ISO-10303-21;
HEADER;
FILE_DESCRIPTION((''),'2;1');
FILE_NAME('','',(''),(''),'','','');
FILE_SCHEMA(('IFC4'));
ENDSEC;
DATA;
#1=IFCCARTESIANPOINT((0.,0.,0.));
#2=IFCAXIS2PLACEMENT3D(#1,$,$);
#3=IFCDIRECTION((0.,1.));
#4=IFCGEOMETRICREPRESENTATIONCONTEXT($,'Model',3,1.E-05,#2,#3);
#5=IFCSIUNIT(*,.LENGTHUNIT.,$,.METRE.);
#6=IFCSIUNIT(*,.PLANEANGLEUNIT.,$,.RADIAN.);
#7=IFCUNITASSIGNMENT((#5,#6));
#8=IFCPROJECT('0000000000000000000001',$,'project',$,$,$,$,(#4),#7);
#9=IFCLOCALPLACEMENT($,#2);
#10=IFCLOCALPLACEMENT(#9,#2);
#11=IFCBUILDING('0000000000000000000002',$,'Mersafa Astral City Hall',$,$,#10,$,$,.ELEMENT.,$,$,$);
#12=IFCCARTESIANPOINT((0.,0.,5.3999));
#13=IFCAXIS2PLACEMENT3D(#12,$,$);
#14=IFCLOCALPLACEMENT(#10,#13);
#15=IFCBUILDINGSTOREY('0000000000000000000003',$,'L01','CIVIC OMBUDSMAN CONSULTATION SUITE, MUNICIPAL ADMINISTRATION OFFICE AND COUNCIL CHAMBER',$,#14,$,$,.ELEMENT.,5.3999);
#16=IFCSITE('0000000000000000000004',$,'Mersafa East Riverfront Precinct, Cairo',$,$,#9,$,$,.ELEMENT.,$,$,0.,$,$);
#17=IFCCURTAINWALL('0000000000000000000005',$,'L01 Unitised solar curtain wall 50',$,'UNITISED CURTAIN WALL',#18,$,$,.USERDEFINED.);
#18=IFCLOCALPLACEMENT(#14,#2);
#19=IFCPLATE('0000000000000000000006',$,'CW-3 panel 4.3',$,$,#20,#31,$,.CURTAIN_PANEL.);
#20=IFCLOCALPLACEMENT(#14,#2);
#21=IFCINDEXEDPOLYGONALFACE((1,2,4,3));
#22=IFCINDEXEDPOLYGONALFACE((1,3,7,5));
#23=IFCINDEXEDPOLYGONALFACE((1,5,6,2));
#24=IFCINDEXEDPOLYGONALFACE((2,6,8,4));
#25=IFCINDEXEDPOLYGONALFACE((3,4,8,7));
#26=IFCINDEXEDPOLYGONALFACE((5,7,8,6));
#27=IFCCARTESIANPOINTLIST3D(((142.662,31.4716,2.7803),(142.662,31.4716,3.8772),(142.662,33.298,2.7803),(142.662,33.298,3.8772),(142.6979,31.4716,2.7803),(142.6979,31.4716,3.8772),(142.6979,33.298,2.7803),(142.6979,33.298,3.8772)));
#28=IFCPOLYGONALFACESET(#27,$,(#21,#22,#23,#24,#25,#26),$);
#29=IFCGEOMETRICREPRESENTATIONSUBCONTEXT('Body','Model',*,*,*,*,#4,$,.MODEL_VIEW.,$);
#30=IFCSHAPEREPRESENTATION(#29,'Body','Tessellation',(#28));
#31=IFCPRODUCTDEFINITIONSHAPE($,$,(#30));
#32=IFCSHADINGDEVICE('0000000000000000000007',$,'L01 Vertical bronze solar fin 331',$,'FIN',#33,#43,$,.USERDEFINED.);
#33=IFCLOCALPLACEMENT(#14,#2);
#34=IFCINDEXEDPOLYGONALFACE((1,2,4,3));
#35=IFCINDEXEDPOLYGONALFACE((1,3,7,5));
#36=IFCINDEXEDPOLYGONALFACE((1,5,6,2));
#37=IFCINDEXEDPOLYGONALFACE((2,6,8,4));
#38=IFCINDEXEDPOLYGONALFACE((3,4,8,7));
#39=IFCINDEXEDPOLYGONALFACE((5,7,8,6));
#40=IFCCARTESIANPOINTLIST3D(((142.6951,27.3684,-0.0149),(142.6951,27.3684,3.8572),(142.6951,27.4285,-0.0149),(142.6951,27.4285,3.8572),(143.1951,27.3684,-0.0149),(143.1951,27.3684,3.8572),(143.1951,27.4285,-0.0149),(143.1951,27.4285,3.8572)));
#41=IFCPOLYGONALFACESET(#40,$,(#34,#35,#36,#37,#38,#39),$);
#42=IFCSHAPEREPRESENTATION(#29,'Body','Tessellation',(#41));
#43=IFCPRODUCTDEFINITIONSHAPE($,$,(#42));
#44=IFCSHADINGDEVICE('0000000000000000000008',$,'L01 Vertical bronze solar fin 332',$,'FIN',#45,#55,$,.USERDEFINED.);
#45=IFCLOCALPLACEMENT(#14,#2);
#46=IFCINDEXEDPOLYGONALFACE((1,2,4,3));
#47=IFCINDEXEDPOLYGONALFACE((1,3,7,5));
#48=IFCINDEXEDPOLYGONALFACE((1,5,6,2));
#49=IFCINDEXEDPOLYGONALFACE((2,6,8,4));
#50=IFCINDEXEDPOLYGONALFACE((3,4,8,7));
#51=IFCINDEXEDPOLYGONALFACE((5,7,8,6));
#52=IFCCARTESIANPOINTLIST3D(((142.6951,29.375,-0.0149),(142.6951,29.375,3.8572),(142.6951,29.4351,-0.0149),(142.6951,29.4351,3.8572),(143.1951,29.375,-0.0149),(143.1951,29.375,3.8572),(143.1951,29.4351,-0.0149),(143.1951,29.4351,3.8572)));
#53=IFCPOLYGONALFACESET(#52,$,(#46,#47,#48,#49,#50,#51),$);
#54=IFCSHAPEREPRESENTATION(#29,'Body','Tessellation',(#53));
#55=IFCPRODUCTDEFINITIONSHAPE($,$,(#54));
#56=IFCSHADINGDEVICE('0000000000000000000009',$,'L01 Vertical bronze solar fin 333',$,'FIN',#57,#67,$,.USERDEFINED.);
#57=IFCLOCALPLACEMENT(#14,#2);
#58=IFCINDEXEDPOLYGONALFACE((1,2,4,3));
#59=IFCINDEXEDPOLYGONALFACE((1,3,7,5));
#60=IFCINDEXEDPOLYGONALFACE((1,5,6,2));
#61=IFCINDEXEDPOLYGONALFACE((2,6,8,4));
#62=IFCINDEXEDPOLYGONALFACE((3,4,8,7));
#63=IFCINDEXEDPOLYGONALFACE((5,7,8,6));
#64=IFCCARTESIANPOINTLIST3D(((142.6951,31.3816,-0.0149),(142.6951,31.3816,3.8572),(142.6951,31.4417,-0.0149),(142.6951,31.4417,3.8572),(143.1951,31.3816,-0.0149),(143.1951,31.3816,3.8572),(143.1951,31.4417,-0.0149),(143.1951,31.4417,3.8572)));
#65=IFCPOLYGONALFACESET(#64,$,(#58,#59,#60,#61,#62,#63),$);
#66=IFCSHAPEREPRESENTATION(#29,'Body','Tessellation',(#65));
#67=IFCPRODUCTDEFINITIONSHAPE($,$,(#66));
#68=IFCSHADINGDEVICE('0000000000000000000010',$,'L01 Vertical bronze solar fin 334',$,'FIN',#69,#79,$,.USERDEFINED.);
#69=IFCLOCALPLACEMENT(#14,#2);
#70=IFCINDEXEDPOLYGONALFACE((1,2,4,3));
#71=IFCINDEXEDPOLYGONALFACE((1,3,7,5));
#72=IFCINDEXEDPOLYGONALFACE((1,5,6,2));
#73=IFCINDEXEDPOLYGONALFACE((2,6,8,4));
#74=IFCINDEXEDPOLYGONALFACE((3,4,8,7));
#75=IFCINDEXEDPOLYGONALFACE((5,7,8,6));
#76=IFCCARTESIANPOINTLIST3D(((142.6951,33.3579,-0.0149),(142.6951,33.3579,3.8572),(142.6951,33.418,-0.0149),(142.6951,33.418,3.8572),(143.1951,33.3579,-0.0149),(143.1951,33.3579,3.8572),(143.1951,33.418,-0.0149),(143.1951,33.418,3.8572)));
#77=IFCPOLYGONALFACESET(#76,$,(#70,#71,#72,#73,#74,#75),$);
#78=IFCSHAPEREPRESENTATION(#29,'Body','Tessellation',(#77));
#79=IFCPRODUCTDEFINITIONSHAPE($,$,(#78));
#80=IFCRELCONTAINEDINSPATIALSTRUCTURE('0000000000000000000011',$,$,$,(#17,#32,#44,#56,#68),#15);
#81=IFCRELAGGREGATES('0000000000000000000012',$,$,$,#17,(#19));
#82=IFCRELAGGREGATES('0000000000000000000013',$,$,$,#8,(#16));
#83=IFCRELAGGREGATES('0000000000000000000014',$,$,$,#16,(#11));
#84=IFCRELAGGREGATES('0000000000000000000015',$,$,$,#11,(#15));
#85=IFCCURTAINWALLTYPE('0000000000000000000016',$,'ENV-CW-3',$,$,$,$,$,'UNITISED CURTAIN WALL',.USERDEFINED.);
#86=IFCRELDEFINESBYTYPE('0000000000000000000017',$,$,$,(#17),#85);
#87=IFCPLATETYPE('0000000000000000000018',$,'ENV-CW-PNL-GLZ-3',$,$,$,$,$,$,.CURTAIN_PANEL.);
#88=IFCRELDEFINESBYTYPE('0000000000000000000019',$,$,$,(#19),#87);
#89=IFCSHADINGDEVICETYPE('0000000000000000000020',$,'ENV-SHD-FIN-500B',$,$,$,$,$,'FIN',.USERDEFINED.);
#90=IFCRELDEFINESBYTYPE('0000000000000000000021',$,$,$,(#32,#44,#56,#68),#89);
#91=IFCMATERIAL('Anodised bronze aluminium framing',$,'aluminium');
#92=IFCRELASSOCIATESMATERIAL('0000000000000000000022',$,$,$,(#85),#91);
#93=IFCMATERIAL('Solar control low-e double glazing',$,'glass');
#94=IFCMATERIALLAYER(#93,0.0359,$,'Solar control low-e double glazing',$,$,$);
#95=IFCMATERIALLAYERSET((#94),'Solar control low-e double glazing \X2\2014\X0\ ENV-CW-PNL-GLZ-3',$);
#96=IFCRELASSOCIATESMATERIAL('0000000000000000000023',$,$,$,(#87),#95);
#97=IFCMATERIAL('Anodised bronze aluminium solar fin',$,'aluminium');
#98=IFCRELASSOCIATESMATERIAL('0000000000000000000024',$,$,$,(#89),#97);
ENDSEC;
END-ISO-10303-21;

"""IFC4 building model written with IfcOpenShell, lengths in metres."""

from ifc_helpers import new_model, si_unit, direction, frame, origin, origin_2d, place, context, subcontext, project, spatial, rectangle, extrude, material, layer, layer_set, type_object, element, aggregate, save


model = new_model("IFC4")

# Units and contexts
model_context = context("Model", 3, precision=1e-05, world=origin(), true_north=direction((0.0, 1.0)))
body_context = subcontext(model_context, "Body", "Model", "MODEL_VIEW")
ifc_project = project(units=[si_unit("LENGTHUNIT", "METRE"), si_unit("PLANEANGLEUNIT", "RADIAN")], contexts=[model_context])

# Site, building, storey
site_placement = place(None, origin())
site = spatial("IfcSite", under=ifc_project, at=site_placement, Name="Mersafa East Riverfront Precinct, Cairo", CompositionType="ELEMENT", RefElevation=0.0)
building_placement = place(site_placement, origin())
building = spatial("IfcBuilding", under=site, at=building_placement, Name="Mersafa Astral City Hall", CompositionType="ELEMENT")
storey_placement = place(building_placement, frame((0.0, 0.0, 5.3999)))
storey = spatial("IfcBuildingStorey", under=building, at=storey_placement, Name="L01", Description="CIVIC OMBUDSMAN CONSULTATION SUITE, MUNICIPAL ADMINISTRATION OFFICE AND COUNCIL CHAMBER", CompositionType="ELEMENT", Elevation=5.3999)

# Curtain wall, plate
ifc_material_1 = material(Name="Anodised bronze aluminium framing", Category="aluminium")
curtain_wall_type = type_object("IfcCurtainWallType", Name="ENV-CW-3", ElementType="UNITISED CURTAIN WALL", PredefinedType="USERDEFINED", material=ifc_material_1)
curtain_wall_placement = place(storey_placement, origin())
curtain_wall = element("IfcCurtainWall", 1, at=curtain_wall_placement, inside=storey, type_object=curtain_wall_type, Name="L01 Unitised solar curtain wall 50", ObjectType="UNITISED CURTAIN WALL", PredefinedType="USERDEFINED")
ifc_material_2 = material(Name="Solar control low-e double glazing", Category="glass")
ifc_layer = layer(ifc_material_2, 0.0359, Name="Solar control low-e double glazing")
ifc_layer_set = layer_set([ifc_layer], Name="Solar control low-e double glazing — ENV-CW-PNL-GLZ-3")
plate_type = type_object("IfcPlateType", Name="ENV-CW-PNL-GLZ-3", PredefinedType="CURTAIN_PANEL", material=ifc_layer_set)
plate_1_placement = place(storey_placement, frame((142.6799, 32.3848, 2.7803), z_axis=(0.0, 0.0, 1.0), x_axis=(0.0, 1.0, 0.0)))
plate_1 = element("IfcPlate", 2, at=plate_1_placement, type_object=plate_type, Name="CW-3 panel 4.3", PredefinedType="CURTAIN_PANEL", context=body_context, shape_type="SweptSolid", body=[
    extrude(rectangle(XDim=1.8264, YDim=0.0359, at=origin_2d()), origin(), (0.0, 0.0, 1.0), 1.0969),
])
aggregate(curtain_wall, [plate_1])

# Shading devices
ifc_material_3 = material(Name="Anodised bronze aluminium solar fin", Category="aluminium")
shading_device_type = type_object("IfcShadingDeviceType", Name="ENV-SHD-FIN-500B", ElementType="FIN", PredefinedType="USERDEFINED", material=ifc_material_3)
for number, where, z_axis, x_axis, name in (
    (3, (142.9451, 27.3984, -0.0149), (0.0, 0.0, 1.0), (0.0, 1.0, 0.0), "L01 Vertical bronze solar fin 331"),
    (4, (142.9451, 29.405, -0.0149), (0.0, 0.0, 1.0), (0.0, 1.0, 0.0), "L01 Vertical bronze solar fin 332"),
    (5, (142.9451, 31.4116, -0.0149), (0.0, 0.0, 1.0), (0.0, 1.0, 0.0), "L01 Vertical bronze solar fin 333"),
    (6, (142.9451, 33.3879, -0.0149), (0.0, 0.0, 1.0), (0.0, 1.0, 0.0), "L01 Vertical bronze solar fin 334"),
):
    element("IfcShadingDevice", number, at=place(storey_placement, frame(where, z_axis=z_axis, x_axis=x_axis)), inside=storey, type_object=shading_device_type, Name=name, ObjectType="FIN", PredefinedType="USERDEFINED", context=body_context, shape_type="SweptSolid", body=[
        extrude(rectangle(XDim=0.0601, YDim=0.5, at=origin_2d()), origin(), (0.0, 0.0, 1.0), 3.8721),
    ])

save(model, "model.ifc")
